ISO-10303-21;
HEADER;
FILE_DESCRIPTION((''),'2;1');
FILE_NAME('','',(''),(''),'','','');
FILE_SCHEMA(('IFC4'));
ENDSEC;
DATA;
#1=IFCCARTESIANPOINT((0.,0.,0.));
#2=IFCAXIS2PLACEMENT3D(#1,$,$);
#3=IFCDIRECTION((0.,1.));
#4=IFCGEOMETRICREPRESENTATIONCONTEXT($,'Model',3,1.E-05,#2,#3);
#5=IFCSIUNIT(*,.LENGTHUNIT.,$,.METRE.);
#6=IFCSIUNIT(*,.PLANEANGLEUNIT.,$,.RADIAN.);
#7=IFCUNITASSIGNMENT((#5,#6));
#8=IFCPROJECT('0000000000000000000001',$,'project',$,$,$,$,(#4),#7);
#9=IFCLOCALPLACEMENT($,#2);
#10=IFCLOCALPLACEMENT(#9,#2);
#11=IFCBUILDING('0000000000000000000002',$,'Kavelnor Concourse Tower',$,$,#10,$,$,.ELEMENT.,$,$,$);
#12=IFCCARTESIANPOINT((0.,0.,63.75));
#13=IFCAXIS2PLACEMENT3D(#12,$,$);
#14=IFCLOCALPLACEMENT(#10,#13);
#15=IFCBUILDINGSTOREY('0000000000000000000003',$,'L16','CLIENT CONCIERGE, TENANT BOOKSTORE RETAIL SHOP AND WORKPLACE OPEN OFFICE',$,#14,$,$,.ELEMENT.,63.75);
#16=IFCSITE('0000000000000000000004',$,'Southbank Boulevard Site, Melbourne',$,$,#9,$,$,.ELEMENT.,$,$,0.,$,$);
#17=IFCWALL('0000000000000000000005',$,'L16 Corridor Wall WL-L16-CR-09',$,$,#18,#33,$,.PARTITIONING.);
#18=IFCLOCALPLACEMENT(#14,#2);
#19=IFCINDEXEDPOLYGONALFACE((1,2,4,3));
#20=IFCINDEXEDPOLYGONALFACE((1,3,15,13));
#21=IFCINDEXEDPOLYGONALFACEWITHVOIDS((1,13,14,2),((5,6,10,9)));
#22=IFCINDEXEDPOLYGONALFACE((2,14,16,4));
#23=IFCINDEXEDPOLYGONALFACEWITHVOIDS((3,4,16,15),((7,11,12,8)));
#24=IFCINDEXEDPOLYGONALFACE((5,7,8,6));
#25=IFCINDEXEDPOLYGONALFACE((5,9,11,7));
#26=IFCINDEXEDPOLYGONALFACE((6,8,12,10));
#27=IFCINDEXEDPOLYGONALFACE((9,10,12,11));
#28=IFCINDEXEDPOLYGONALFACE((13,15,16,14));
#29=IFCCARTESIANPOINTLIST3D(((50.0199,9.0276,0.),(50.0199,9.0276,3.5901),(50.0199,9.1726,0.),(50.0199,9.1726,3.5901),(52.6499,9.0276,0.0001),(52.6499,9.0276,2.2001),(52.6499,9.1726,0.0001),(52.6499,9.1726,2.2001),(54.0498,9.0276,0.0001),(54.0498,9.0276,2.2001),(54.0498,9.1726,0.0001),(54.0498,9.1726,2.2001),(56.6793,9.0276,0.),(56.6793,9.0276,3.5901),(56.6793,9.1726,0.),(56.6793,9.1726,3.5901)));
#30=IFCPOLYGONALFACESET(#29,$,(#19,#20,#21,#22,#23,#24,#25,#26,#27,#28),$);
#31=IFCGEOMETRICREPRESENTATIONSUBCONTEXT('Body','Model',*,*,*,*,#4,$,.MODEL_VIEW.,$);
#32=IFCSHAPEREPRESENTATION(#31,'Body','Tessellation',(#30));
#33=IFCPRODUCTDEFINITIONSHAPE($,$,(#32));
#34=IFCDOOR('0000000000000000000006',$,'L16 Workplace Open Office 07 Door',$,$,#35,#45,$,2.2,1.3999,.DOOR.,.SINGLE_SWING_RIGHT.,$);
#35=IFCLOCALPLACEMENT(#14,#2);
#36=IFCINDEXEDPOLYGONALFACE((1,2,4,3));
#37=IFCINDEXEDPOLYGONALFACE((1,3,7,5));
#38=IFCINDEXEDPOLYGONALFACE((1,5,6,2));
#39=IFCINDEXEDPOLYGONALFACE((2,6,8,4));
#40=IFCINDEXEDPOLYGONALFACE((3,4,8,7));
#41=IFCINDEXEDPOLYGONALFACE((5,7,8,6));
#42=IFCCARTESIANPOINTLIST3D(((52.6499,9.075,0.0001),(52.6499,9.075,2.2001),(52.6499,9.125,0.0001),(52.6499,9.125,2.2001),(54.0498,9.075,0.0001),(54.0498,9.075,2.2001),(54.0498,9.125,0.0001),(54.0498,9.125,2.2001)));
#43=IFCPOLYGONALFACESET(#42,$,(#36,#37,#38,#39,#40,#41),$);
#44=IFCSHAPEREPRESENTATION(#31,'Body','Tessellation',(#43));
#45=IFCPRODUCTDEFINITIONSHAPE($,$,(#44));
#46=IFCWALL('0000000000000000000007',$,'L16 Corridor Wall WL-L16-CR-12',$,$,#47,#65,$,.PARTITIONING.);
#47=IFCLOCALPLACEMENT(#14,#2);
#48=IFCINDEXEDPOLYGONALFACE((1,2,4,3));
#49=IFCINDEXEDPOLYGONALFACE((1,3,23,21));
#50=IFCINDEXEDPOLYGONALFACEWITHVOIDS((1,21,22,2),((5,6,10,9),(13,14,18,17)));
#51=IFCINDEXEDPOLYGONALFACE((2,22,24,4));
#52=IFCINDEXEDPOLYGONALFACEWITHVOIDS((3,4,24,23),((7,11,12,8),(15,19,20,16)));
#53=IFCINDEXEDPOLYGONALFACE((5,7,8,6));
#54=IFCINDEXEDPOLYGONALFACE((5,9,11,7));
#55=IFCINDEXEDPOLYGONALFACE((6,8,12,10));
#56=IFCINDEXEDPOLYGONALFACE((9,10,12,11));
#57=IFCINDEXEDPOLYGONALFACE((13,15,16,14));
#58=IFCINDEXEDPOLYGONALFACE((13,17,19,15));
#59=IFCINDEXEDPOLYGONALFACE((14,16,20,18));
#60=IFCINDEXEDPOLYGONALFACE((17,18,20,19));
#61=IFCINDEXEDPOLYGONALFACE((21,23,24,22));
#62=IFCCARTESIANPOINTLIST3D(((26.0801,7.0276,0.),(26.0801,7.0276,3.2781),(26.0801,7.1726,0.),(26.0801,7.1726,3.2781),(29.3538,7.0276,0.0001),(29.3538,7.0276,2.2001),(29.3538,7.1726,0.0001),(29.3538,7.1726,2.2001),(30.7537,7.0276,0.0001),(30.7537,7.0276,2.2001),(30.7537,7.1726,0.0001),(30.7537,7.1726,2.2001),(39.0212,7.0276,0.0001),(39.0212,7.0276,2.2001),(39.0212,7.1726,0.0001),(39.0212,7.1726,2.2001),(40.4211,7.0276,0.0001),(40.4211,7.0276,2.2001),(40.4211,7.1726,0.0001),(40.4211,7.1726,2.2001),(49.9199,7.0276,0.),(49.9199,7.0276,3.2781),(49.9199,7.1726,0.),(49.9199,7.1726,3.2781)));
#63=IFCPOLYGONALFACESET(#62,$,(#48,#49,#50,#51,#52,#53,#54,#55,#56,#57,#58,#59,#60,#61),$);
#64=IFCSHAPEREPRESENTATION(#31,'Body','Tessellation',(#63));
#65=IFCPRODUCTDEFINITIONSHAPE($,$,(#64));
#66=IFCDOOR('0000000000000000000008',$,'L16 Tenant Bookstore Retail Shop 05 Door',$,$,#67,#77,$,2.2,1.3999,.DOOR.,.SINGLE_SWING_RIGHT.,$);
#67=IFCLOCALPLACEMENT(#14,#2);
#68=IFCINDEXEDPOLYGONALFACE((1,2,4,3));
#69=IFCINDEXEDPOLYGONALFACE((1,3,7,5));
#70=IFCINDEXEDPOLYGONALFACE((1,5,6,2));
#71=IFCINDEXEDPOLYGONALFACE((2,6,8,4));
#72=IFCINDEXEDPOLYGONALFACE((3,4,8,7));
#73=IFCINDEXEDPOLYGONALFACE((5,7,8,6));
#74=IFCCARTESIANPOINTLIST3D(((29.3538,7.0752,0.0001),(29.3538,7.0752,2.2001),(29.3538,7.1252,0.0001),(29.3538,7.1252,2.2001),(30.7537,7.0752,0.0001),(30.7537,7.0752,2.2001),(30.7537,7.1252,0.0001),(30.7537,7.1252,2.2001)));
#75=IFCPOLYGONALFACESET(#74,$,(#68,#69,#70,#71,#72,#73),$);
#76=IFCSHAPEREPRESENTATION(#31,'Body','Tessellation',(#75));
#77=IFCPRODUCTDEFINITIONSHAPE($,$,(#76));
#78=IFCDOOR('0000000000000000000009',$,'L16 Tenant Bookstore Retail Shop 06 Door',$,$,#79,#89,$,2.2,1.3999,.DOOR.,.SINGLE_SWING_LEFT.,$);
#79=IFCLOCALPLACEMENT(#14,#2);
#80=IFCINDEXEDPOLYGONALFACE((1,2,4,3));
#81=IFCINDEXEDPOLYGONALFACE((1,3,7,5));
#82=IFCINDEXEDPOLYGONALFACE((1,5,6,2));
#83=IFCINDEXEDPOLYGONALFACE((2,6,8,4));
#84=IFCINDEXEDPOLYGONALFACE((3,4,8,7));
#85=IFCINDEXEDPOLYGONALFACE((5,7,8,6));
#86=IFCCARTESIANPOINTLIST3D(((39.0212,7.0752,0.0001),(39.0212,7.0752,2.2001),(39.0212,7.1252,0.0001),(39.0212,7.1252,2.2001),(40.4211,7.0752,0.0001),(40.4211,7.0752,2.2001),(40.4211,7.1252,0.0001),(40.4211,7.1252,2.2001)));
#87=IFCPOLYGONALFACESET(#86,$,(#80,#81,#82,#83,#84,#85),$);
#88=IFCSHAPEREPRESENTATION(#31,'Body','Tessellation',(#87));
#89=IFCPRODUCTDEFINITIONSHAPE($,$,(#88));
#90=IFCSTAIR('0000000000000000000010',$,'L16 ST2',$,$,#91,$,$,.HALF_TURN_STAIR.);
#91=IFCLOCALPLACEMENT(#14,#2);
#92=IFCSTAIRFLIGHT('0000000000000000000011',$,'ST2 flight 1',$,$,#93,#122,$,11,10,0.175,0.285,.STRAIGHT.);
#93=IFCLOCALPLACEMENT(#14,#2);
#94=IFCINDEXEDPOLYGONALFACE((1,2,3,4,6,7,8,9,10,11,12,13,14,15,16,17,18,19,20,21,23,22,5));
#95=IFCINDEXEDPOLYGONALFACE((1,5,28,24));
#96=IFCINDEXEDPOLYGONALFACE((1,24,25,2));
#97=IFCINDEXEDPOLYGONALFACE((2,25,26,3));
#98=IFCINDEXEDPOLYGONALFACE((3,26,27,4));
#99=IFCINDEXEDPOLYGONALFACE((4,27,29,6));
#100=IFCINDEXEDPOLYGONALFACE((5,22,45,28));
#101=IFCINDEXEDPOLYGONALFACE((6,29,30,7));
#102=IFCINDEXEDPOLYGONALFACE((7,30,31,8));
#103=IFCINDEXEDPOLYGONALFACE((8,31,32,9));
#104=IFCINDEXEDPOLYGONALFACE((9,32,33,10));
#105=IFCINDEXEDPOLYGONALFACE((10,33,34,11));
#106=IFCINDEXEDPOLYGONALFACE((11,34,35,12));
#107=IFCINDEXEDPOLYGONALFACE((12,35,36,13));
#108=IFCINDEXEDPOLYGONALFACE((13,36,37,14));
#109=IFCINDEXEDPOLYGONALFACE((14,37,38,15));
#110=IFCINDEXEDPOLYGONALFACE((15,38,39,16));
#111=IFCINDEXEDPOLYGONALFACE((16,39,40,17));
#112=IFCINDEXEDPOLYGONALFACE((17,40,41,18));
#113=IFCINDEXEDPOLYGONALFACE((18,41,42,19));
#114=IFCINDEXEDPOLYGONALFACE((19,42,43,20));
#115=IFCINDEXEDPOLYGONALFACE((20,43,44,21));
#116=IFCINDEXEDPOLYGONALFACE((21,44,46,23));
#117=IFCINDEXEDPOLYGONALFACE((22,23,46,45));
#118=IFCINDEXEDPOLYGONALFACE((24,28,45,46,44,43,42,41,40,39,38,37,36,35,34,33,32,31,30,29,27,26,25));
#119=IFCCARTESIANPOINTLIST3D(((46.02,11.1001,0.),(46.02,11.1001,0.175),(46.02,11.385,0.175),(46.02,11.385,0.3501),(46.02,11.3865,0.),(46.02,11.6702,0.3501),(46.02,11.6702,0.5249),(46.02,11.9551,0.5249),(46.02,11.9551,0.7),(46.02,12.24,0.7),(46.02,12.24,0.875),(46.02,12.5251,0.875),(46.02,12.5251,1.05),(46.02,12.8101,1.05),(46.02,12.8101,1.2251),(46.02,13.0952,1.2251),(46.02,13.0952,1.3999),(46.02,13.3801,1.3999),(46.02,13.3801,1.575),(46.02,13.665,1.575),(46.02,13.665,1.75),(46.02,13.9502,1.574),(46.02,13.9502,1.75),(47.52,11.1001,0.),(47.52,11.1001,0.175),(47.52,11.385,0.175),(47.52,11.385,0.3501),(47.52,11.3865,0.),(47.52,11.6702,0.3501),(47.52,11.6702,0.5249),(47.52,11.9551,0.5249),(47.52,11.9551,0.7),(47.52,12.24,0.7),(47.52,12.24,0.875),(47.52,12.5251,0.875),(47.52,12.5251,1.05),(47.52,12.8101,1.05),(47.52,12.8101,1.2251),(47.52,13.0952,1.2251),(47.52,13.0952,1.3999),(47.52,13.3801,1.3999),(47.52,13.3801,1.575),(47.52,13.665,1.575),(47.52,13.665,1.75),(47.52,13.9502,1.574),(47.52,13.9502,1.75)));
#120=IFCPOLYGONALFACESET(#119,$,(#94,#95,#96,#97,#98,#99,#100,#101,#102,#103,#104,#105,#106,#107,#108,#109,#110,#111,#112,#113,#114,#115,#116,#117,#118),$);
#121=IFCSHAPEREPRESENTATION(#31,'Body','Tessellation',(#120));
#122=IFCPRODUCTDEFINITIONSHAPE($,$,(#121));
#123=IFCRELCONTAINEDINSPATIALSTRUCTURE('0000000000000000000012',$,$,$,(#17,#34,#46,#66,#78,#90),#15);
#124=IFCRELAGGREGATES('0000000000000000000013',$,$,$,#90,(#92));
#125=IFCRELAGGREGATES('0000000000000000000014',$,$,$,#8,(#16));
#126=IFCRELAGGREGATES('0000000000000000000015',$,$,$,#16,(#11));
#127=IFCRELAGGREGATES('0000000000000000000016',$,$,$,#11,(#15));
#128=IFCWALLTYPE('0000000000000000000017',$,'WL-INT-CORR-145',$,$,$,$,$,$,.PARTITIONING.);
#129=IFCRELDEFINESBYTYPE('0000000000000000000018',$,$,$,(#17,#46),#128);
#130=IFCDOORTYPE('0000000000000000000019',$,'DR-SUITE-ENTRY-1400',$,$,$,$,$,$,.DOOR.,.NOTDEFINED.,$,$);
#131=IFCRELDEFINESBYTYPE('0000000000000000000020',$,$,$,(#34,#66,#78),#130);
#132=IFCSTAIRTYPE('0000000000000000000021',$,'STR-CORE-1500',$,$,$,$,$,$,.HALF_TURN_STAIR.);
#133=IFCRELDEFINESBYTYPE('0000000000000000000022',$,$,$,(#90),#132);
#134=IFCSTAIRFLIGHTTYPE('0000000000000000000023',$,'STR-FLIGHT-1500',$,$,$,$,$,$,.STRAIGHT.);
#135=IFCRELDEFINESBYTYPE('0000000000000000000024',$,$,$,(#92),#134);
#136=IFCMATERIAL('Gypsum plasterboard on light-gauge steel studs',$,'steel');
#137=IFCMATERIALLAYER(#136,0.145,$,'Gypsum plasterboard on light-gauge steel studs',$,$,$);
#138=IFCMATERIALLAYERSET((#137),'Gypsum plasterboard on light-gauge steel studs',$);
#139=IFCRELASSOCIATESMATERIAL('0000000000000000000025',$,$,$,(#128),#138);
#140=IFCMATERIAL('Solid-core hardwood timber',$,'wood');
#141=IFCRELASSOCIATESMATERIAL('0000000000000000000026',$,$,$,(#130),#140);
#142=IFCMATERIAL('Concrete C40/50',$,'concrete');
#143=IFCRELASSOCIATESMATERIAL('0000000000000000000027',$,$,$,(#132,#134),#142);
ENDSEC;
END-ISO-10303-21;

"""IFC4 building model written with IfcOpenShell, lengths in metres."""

from ifc_helpers import new_model, si_unit, direction, frame, frame_2d, origin, place, context, subcontext, project, spatial, polyline, rectangle, outline, extrude, material, layer, layer_set, type_object, element, fill, aggregate, save


model = new_model("IFC4")

# Units and contexts
model_context = context("Model", 3, precision=1e-05, world=origin(), true_north=direction((0.0, 1.0)))
body_context = subcontext(model_context, "Body", "Model", "MODEL_VIEW")
ifc_project = project(units=[si_unit("LENGTHUNIT", "METRE"), si_unit("PLANEANGLEUNIT", "RADIAN")], contexts=[model_context])

# Site, building, storey
site_placement = place(None, origin())
site = spatial("IfcSite", under=ifc_project, at=site_placement, Name="Southbank Boulevard Site, Melbourne", CompositionType="ELEMENT", RefElevation=0.0)
building_placement = place(site_placement, origin())
building = spatial("IfcBuilding", under=site, at=building_placement, Name="Kavelnor Concourse Tower", CompositionType="ELEMENT")
storey_placement = place(building_placement, frame((0.0, 0.0, 63.75)))
storey = spatial("IfcBuildingStorey", under=building, at=storey_placement, Name="L16", Description="CLIENT CONCIERGE, TENANT BOOKSTORE RETAIL SHOP AND WORKPLACE OPEN OFFICE", CompositionType="ELEMENT", Elevation=63.75)

# Wall, opening, door
ifc_material_1 = material(Name="Gypsum plasterboard on light-gauge steel studs", Category="steel")
ifc_layer_1 = layer(ifc_material_1, 0.145, Name="Gypsum plasterboard on light-gauge steel studs")
ifc_layer_set_1 = layer_set([ifc_layer_1], Name="Gypsum plasterboard on light-gauge steel studs")
wall_type_1 = type_object("IfcWallType", Name="WL-INT-CORR-145", PredefinedType="PARTITIONING", material=ifc_layer_set_1)
wall_1_placement = place(storey_placement, frame((50.02, 9.1001, 0.0), z_axis=(0.0, 0.0, 1.0), x_axis=(1.0, 0.0, 0.0)))
wall_1 = element("IfcWall", 1, at=wall_1_placement, inside=storey, type_object=wall_type_1, Name="L16 Corridor Wall WL-L16-CR-09", PredefinedType="PARTITIONING", context=body_context, shape_type="SweptSolid", body=[
    extrude(rectangle(XDim=6.6594, YDim=0.145, at=frame_2d((3.3296, 0.0))), origin(), (0.0, 0.0, 1.0), 3.5901),
])
opening_1_placement = place(wall_1_placement, frame((2.6299, 0.0, 0.0)))
opening_1 = element("IfcOpeningElement", 2, at=opening_1_placement, cuts=wall_1, PredefinedType="OPENING", context=body_context, shape_type="SweptSolid", body=[
    extrude(rectangle(XDim=1.3999, YDim=2.2, at=frame_2d((0.7, 1.1001))), frame((0.0, 0.0825, 0.0), z_axis=(0.0, -1.0, 0.0), x_axis=(1.0, 0.0, 0.0)), (0.0, 0.0, 1.0), 0.165),
])
ifc_material_2 = material(Name="Solid-core hardwood timber", Category="wood")
door_type_1 = type_object("IfcDoorType", Name="DR-SUITE-ENTRY-1400", OperationType="NOTDEFINED", PredefinedType="DOOR", material=ifc_material_2)
door_1_placement = place(opening_1_placement, origin())
door_1 = element("IfcDoor", 3, at=door_1_placement, inside=storey, type_object=door_type_1, Name="L16 Workplace Open Office 07 Door", OperationType="SINGLE_SWING_RIGHT", OverallHeight=2.2, OverallWidth=1.3999, PredefinedType="DOOR", context=body_context, shape_type="SweptSolid", body=[
    extrude(rectangle(XDim=1.3999, YDim=2.2, at=frame_2d((0.7, 1.1001))), frame((0.0, 0.0249, 0.0), z_axis=(0.0, -1.0, 0.0), x_axis=(1.0, 0.0, 0.0)), (0.0, 0.0, 1.0), 0.05),
])
fill(opening_1, door_1)

# Wall, openings, doors
wall_2_placement = place(storey_placement, frame((49.9199, 7.1001, 0.0), z_axis=(0.0, 0.0, 1.0), x_axis=(-1.0, 0.0, 0.0)))
wall_2 = element("IfcWall", 4, at=wall_2_placement, inside=storey, type_object=wall_type_1, Name="L16 Corridor Wall WL-L16-CR-12", PredefinedType="PARTITIONING", context=body_context, shape_type="SweptSolid", body=[
    extrude(rectangle(XDim=23.8398, YDim=0.145, at=frame_2d((11.9199, 0.0))), origin(), (0.0, 0.0, 1.0), 3.2781),
])
opening_2_placement = place(wall_2_placement, frame((19.1663, 0.0, 0.0)))
opening_2 = element("IfcOpeningElement", 5, at=opening_2_placement, cuts=wall_2, PredefinedType="OPENING", context=body_context, shape_type="SweptSolid", body=[
    extrude(rectangle(XDim=1.3999, YDim=2.2, at=frame_2d((0.7, 1.1001))), frame((0.0, 0.0825, 0.0), z_axis=(0.0, -1.0, 0.0), x_axis=(1.0, 0.0, 0.0)), (0.0, 0.0, 1.0), 0.165),
])
opening_3_placement = place(wall_2_placement, frame((9.4988, 0.0, 0.0)))
opening_3 = element("IfcOpeningElement", 6, at=opening_3_placement, cuts=wall_2, PredefinedType="OPENING", context=body_context, shape_type="SweptSolid", body=[
    extrude(rectangle(XDim=1.3999, YDim=2.2, at=frame_2d((0.7, 1.1001))), frame((0.0, 0.0825, 0.0), z_axis=(0.0, -1.0, 0.0), x_axis=(1.0, 0.0, 0.0)), (0.0, 0.0, 1.0), 0.165),
])
door_2_placement = place(opening_2_placement, origin())
door_2 = element("IfcDoor", 7, at=door_2_placement, inside=storey, type_object=door_type_1, Name="L16 Tenant Bookstore Retail Shop 05 Door", OperationType="SINGLE_SWING_RIGHT", OverallHeight=2.2, OverallWidth=1.3999, PredefinedType="DOOR", context=body_context, shape_type="SweptSolid", body=[
    extrude(rectangle(XDim=1.3999, YDim=2.2, at=frame_2d((0.7, 1.1001))), frame((0.0, 0.0249, 0.0), z_axis=(0.0, -1.0, 0.0), x_axis=(1.0, 0.0, 0.0)), (0.0, 0.0, 1.0), 0.05),
])
fill(opening_2, door_2)
door_3_placement = place(opening_3_placement, origin())
door_3 = element("IfcDoor", 8, at=door_3_placement, inside=storey, type_object=door_type_1, Name="L16 Tenant Bookstore Retail Shop 06 Door", OperationType="SINGLE_SWING_LEFT", OverallHeight=2.2, OverallWidth=1.3999, PredefinedType="DOOR", context=body_context, shape_type="SweptSolid", body=[
    extrude(rectangle(XDim=1.3999, YDim=2.2, at=frame_2d((0.7, 1.1001))), frame((0.0, 0.0249, 0.0), z_axis=(0.0, -1.0, 0.0), x_axis=(1.0, 0.0, 0.0)), (0.0, 0.0, 1.0), 0.05),
])
fill(opening_3, door_3)

# Stair, stair flight
ifc_material_3 = material(Name="Concrete C40/50", Category="concrete")
stair_type = type_object("IfcStairType", Name="STR-CORE-1500", PredefinedType="HALF_TURN_STAIR", material=ifc_material_3)
stair_placement = place(storey_placement, origin())
stair = element("IfcStair", 9, at=stair_placement, inside=storey, type_object=stair_type, Name="L16 ST2", PredefinedType="HALF_TURN_STAIR")
stair_flight_type = type_object("IfcStairFlightType", Name="STR-FLIGHT-1500", PredefinedType="STRAIGHT", material=ifc_material_3)
stair_flight_placement = place(storey_placement, frame((46.77, 11.1001, 0.0), z_axis=(0.0, 0.0, 1.0), x_axis=(0.0, 1.0, 0.0)))
stair_flight = element("IfcStairFlight", 10, at=stair_flight_placement, type_object=stair_flight_type, Name="ST2 flight 1", NumberOfRisers=11, NumberOfTreads=10, PredefinedType="STRAIGHT", RiserHeight=0.175, TreadLength=0.285, context=body_context, shape_type="SweptSolid", body=[
    extrude(outline(polyline([(0.0, 0.0), (0.0, 0.175), (0.2849, 0.175), (0.2849, 0.3501), (0.5701, 0.3501), (0.5701, 0.5249), (0.855, 0.5249), (0.855, 0.7), (1.1399, 0.7), (1.1399, 0.875), (1.425, 0.875), (1.425, 1.05), (1.71, 1.05), (1.71, 1.2251), (1.9951, 1.2251), (1.9951, 1.3999), (2.28, 1.3999), (2.28, 1.575), (2.5649, 1.575), (2.5649, 1.75), (2.8501, 1.75), (2.8501, 1.925), (2.8501, 1.574), (0.2864, 0.0), (0.0, 0.0)])), frame((0.0, 0.75, 0.0), z_axis=(0.0, -1.0, 0.0), x_axis=(1.0, 0.0, 0.0)), (0.0, 0.0, 1.0), 1.5),
])
aggregate(stair, [stair_flight])

save(model, "model.ifc")
